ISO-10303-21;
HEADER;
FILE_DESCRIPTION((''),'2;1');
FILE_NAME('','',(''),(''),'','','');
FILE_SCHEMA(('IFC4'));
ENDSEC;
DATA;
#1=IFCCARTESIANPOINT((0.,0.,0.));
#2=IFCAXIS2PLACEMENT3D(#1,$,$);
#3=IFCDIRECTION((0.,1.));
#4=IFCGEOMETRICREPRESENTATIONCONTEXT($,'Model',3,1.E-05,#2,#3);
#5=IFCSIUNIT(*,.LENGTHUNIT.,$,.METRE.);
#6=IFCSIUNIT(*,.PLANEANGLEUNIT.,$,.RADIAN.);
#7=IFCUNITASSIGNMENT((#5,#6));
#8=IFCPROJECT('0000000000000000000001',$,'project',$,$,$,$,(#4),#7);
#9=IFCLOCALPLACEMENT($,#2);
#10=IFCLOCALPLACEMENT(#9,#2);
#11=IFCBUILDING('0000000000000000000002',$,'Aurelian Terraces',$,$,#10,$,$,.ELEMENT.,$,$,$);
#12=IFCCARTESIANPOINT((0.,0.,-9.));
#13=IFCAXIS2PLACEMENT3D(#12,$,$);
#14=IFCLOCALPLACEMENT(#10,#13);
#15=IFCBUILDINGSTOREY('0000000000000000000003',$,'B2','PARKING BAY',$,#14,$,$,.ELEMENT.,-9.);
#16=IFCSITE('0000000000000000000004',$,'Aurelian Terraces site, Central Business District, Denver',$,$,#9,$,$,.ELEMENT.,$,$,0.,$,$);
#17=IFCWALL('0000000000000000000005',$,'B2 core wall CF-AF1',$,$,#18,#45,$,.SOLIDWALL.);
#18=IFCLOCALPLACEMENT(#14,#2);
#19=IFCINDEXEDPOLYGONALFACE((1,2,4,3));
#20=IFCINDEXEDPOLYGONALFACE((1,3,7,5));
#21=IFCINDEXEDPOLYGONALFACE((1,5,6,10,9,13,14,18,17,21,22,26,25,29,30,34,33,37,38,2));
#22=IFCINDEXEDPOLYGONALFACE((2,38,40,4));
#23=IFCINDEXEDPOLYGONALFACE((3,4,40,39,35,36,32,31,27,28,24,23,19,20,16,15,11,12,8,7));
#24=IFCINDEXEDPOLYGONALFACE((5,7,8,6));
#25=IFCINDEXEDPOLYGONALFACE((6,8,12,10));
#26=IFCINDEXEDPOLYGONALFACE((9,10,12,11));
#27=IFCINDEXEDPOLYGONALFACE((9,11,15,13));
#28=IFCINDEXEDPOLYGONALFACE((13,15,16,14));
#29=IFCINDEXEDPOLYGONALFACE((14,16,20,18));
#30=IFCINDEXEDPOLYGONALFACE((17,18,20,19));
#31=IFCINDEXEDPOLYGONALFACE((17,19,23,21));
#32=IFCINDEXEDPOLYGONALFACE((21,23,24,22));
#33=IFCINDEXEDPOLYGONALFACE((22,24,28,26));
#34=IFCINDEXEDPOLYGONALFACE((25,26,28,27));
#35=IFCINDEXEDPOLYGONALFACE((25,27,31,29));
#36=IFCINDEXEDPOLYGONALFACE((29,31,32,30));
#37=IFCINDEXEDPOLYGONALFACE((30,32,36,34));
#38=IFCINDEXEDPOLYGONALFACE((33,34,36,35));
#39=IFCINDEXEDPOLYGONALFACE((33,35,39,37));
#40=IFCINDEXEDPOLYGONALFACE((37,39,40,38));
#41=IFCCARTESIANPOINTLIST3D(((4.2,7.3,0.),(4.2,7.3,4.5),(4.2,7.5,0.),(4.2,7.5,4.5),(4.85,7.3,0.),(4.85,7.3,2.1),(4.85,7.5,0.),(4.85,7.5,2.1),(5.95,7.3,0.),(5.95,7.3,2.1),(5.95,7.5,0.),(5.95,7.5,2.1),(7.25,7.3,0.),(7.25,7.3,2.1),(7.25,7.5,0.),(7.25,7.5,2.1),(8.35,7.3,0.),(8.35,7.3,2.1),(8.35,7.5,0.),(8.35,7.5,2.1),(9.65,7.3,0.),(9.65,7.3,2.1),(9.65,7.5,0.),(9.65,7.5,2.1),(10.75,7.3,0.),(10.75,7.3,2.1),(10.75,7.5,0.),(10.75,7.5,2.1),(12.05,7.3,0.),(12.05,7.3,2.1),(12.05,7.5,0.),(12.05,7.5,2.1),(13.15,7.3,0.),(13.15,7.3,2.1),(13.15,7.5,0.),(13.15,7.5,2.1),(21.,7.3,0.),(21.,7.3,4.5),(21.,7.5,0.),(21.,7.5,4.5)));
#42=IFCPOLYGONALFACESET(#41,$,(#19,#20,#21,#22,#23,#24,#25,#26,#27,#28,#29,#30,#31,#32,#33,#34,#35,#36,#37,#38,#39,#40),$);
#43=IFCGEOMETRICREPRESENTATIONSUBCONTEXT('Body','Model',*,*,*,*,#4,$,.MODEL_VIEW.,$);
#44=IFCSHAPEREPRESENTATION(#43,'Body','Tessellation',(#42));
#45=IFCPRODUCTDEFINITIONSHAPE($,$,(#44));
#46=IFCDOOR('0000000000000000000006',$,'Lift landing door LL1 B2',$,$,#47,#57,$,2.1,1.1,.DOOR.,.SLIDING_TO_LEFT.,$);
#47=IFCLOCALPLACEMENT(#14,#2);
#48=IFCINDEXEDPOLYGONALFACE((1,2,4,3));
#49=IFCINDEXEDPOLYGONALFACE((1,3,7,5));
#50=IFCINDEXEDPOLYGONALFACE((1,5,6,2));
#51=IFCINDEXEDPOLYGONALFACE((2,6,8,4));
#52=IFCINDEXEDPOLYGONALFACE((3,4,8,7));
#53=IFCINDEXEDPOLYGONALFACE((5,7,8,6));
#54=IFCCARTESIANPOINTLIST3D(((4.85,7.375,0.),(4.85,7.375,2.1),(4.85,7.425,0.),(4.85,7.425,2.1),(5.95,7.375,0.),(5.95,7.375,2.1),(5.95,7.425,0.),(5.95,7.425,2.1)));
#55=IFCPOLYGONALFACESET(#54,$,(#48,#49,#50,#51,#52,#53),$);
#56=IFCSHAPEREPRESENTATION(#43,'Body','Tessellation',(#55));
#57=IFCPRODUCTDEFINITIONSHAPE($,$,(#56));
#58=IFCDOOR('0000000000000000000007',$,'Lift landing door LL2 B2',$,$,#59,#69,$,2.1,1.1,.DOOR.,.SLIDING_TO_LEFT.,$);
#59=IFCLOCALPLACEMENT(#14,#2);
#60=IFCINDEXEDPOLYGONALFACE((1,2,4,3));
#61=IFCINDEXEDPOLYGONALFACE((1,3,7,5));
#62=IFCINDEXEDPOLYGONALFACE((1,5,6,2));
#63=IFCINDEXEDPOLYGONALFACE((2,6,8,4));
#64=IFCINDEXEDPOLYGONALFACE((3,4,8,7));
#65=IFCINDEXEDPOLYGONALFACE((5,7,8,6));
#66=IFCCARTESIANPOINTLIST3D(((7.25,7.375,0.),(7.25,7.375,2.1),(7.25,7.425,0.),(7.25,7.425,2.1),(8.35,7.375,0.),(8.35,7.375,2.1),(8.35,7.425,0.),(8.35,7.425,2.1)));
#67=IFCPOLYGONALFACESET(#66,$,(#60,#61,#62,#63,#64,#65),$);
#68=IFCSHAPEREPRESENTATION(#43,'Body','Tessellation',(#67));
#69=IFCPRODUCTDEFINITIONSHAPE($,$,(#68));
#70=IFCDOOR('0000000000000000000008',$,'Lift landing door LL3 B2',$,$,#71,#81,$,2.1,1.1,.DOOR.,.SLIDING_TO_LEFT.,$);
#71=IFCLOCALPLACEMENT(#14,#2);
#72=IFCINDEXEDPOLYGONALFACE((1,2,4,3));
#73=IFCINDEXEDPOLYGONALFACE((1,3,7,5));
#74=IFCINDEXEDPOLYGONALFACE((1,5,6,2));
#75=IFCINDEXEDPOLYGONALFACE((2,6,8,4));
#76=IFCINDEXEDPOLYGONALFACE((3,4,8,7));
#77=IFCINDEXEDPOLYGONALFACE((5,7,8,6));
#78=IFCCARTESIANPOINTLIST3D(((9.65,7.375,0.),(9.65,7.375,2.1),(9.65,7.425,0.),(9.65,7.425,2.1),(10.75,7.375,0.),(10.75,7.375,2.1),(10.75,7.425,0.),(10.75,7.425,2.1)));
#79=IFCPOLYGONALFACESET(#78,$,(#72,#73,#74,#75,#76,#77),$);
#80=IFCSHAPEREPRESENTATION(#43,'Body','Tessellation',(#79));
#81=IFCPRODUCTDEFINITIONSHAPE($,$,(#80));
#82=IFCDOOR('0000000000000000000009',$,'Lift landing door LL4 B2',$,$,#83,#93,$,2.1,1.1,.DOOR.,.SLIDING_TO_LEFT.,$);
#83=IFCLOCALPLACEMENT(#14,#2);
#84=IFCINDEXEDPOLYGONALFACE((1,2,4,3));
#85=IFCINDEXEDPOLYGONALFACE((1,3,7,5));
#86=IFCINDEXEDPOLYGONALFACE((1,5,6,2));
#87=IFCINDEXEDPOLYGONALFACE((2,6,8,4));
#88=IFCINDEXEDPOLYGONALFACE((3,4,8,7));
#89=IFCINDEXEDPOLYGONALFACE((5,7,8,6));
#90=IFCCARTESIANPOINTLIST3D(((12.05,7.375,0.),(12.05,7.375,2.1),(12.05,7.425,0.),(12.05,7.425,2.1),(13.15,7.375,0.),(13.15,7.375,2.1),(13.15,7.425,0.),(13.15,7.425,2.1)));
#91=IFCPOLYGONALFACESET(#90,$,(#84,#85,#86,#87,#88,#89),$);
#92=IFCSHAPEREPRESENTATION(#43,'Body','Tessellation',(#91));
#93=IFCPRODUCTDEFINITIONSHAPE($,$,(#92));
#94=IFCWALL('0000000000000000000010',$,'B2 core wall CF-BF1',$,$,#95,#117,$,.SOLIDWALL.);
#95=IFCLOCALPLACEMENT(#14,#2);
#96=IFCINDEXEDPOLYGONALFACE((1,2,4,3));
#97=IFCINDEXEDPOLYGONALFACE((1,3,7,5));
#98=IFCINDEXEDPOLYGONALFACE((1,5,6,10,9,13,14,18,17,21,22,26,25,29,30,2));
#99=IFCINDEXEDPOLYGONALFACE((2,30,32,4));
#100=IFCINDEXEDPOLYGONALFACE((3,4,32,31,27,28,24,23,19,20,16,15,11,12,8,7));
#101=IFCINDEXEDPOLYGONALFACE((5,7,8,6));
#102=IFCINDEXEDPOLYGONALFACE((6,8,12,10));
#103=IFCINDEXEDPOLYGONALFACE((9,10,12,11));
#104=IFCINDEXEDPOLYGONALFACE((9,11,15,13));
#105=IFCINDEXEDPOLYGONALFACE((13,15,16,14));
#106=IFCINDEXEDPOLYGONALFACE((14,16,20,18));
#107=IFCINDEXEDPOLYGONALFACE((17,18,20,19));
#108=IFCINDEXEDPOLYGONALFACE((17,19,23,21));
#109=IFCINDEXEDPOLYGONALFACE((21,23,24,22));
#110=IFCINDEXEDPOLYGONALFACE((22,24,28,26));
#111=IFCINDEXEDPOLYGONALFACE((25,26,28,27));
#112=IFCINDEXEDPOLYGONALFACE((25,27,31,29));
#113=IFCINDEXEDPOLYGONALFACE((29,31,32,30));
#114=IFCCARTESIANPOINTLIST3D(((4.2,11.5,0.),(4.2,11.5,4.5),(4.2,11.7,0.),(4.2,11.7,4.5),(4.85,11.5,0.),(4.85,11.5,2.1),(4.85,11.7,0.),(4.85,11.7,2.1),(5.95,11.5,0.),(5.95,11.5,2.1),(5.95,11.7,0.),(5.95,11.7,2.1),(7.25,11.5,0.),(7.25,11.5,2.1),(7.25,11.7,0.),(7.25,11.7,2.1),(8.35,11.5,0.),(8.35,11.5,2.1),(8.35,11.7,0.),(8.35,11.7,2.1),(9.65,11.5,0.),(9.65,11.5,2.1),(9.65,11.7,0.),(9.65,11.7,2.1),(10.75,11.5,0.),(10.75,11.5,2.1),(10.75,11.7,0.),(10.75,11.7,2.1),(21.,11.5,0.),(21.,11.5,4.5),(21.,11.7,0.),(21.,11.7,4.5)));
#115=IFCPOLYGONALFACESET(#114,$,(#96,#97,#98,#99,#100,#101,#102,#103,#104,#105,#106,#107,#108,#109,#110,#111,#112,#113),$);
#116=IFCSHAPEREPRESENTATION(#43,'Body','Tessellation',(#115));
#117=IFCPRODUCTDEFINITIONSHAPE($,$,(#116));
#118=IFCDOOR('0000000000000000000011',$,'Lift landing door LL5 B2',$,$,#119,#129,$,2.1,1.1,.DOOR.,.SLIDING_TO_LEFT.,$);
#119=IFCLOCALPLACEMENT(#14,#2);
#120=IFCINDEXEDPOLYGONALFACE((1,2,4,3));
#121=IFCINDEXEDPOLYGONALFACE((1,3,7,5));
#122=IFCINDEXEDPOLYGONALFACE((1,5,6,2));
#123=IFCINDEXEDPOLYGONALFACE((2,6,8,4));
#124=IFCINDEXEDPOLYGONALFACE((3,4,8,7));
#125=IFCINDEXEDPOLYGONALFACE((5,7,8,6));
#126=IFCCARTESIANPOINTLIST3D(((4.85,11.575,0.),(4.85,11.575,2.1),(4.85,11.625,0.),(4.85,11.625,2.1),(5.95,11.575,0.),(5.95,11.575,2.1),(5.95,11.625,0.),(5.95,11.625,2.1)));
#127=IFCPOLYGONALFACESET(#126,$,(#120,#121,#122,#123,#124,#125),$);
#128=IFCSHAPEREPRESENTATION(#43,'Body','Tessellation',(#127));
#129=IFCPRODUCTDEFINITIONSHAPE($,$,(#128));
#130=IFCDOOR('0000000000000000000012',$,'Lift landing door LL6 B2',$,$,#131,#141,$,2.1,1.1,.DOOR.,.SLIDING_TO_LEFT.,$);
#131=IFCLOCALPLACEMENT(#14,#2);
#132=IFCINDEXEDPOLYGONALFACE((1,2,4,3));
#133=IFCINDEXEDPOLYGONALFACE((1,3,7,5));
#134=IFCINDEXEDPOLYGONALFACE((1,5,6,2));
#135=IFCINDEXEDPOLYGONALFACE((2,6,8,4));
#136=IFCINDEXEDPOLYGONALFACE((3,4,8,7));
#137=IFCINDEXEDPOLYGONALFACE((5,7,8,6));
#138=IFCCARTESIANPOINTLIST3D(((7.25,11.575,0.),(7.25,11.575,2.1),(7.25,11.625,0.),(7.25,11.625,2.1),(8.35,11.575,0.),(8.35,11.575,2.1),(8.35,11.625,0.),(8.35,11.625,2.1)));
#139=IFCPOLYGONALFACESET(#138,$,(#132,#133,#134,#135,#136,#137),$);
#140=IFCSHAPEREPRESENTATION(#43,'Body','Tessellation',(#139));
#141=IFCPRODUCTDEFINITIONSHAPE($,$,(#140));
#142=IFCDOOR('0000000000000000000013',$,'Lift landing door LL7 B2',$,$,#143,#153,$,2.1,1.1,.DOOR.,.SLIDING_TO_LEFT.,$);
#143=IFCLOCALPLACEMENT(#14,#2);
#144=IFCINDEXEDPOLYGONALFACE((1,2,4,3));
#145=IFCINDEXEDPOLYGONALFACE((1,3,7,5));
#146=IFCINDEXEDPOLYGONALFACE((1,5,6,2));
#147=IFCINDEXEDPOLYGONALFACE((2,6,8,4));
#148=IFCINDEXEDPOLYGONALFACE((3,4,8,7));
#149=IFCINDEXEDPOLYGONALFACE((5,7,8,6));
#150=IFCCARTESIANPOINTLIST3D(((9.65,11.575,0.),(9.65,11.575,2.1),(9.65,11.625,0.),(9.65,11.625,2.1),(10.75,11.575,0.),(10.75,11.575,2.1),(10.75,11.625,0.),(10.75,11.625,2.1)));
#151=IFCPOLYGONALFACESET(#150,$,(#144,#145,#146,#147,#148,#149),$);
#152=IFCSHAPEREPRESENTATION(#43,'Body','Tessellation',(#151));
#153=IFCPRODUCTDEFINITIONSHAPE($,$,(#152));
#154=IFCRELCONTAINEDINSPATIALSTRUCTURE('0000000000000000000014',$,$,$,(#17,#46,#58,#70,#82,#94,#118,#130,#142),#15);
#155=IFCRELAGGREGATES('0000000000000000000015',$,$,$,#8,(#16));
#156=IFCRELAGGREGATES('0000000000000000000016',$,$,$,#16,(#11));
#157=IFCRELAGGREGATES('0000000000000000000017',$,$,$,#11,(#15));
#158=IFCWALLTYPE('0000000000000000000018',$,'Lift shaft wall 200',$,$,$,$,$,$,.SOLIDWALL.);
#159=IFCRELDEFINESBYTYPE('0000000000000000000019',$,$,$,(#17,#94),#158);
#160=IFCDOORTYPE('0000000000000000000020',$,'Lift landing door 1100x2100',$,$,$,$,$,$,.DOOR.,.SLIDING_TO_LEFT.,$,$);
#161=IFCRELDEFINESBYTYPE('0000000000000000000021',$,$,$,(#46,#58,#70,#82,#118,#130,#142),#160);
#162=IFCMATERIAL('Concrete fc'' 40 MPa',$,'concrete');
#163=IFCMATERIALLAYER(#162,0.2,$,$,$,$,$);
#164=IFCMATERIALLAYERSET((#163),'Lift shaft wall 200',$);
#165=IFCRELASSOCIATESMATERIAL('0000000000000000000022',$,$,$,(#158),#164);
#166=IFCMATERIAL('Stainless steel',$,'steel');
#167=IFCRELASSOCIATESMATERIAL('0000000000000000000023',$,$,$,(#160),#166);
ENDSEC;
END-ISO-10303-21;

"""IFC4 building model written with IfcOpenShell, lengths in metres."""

from ifc_helpers import new_model, si_unit, direction, frame, frame_2d, origin, place, context, subcontext, project, spatial, rectangle, extrude, source, transform, mapped, material, layer, layer_set, type_object, element, fill, save


model = new_model("IFC4")

# Units and contexts
model_context = context("Model", 3, precision=1e-05, world=origin(), true_north=direction((0.0, 1.0)))
body_context = subcontext(model_context, "Body", "Model", "MODEL_VIEW")
ifc_project = project(units=[si_unit("LENGTHUNIT", "METRE"), si_unit("PLANEANGLEUNIT", "RADIAN")], contexts=[model_context])

# Site, building, storey
site_placement = place(None, origin())
site = spatial("IfcSite", under=ifc_project, at=site_placement, Name="Aurelian Terraces site, Central Business District, Denver", CompositionType="ELEMENT", RefElevation=0.0)
building_placement = place(site_placement, origin())
building = spatial("IfcBuilding", under=site, at=building_placement, Name="Aurelian Terraces", CompositionType="ELEMENT")
storey_placement = place(building_placement, frame((0.0, 0.0, -9.0)))
storey = spatial("IfcBuildingStorey", under=building, at=storey_placement, Name="B2", Description="PARKING BAY", CompositionType="ELEMENT", Elevation=-9.0)

# Shared definitions
ifc_material_1 = material(Name="Concrete fc' 40 MPa", Category="concrete")

# Shared definitions
ifc_layer_1 = layer(ifc_material_1, 0.2)
ifc_layer_set_1 = layer_set([ifc_layer_1], Name="Lift shaft wall 200")
wall_type_1 = type_object("IfcWallType", Name="Lift shaft wall 200", PredefinedType="SOLIDWALL", material=ifc_layer_set_1)

# Walls, openings, doors
shared_shape_1 = source(origin(), body_context, "Body", "SweptSolid", [
    extrude(rectangle(XDim=16.8, YDim=0.2, at=frame_2d((8.4, 0.0))), origin(), (0.0, 0.0, 1.0), 4.5),
])
wall_1_placement = place(storey_placement, frame((4.2, 7.4, 0.0), z_axis=(0.0, 0.0, 1.0), x_axis=(1.0, 0.0, 0.0)))
wall_1 = element("IfcWall", 1, at=wall_1_placement, inside=storey, type_object=wall_type_1, Name="B2 core wall CF-AF1", PredefinedType="SOLIDWALL", context=body_context, shape_type="MappedRepresentation", body=[
    mapped(shared_shape_1, transform((0.0, 0.0, 0.0), scale=1.0)),
])
shared_shape_2 = source(origin(), body_context, "Body", "SweptSolid", [
    extrude(rectangle(XDim=1.1, YDim=2.1, at=frame_2d((0.55, 1.05))), frame((0.0, 0.11, 0.0), z_axis=(0.0, -1.0, 0.0), x_axis=(1.0, 0.0, 0.0)), (0.0, 0.0, 1.0), 0.22),
])
opening_1_placement = place(wall_1_placement, frame((0.65, 0.0, 0.0)))
opening_1 = element("IfcOpeningElement", 2, at=opening_1_placement, cuts=wall_1, PredefinedType="OPENING", context=body_context, shape_type="MappedRepresentation", body=[
    mapped(shared_shape_2, transform((0.0, 0.0, 0.0), scale=1.0)),
])
opening_2_placement = place(wall_1_placement, frame((3.05, 0.0, 0.0)))
opening_2 = element("IfcOpeningElement", 3, at=opening_2_placement, cuts=wall_1, PredefinedType="OPENING", context=body_context, shape_type="MappedRepresentation", body=[
    mapped(shared_shape_2, transform((0.0, 0.0, 0.0), scale=1.0)),
])
opening_3_placement = place(wall_1_placement, frame((5.45, 0.0, 0.0)))
opening_3 = element("IfcOpeningElement", 4, at=opening_3_placement, cuts=wall_1, PredefinedType="OPENING", context=body_context, shape_type="MappedRepresentation", body=[
    mapped(shared_shape_2, transform((0.0, 0.0, 0.0), scale=1.0)),
])
opening_4_placement = place(wall_1_placement, frame((7.85, 0.0, 0.0)))
opening_4 = element("IfcOpeningElement", 5, at=opening_4_placement, cuts=wall_1, PredefinedType="OPENING", context=body_context, shape_type="MappedRepresentation", body=[
    mapped(shared_shape_2, transform((0.0, 0.0, 0.0), scale=1.0)),
])
ifc_material_2 = material(Name="Stainless steel", Category="steel")
door_type_1 = type_object("IfcDoorType", Name="Lift landing door 1100x2100", OperationType="SLIDING_TO_LEFT", PredefinedType="DOOR", material=ifc_material_2)
shared_shape_3 = source(origin(), body_context, "Body", "SweptSolid", [
    extrude(rectangle(XDim=1.1, YDim=2.1, at=frame_2d((0.55, 1.05))), frame((0.0, 0.025, 0.0), z_axis=(0.0, -1.0, 0.0), x_axis=(1.0, 0.0, 0.0)), (0.0, 0.0, 1.0), 0.05),
])
door_1_placement = place(opening_1_placement, origin())
door_1 = element("IfcDoor", 6, at=door_1_placement, inside=storey, type_object=door_type_1, Name="Lift landing door LL1 B2", OperationType="SLIDING_TO_LEFT", OverallHeight=2.1, OverallWidth=1.1, PredefinedType="DOOR", context=body_context, shape_type="MappedRepresentation", body=[
    mapped(shared_shape_3, transform((0.0, 0.0, 0.0), scale=1.0)),
])
fill(opening_1, door_1)
door_2_placement = place(opening_2_placement, origin())
door_2 = element("IfcDoor", 7, at=door_2_placement, inside=storey, type_object=door_type_1, Name="Lift landing door LL2 B2", OperationType="SLIDING_TO_LEFT", OverallHeight=2.1, OverallWidth=1.1, PredefinedType="DOOR", context=body_context, shape_type="MappedRepresentation", body=[
    mapped(shared_shape_3, transform((0.0, 0.0, 0.0), scale=1.0)),
])
fill(opening_2, door_2)
door_3_placement = place(opening_3_placement, origin())
door_3 = element("IfcDoor", 8, at=door_3_placement, inside=storey, type_object=door_type_1, Name="Lift landing door LL3 B2", OperationType="SLIDING_TO_LEFT", OverallHeight=2.1, OverallWidth=1.1, PredefinedType="DOOR", context=body_context, shape_type="MappedRepresentation", body=[
    mapped(shared_shape_3, transform((0.0, 0.0, 0.0), scale=1.0)),
])
fill(opening_3, door_3)
door_4_placement = place(opening_4_placement, origin())
door_4 = element("IfcDoor", 9, at=door_4_placement, inside=storey, type_object=door_type_1, Name="Lift landing door LL4 B2", OperationType="SLIDING_TO_LEFT", OverallHeight=2.1, OverallWidth=1.1, PredefinedType="DOOR", context=body_context, shape_type="MappedRepresentation", body=[
    mapped(shared_shape_3, transform((0.0, 0.0, 0.0), scale=1.0)),
])
fill(opening_4, door_4)
wall_2_placement = place(storey_placement, frame((4.2, 11.6, 0.0), z_axis=(0.0, 0.0, 1.0), x_axis=(1.0, 0.0, 0.0)))
wall_2 = element("IfcWall", 10, at=wall_2_placement, inside=storey, type_object=wall_type_1, Name="B2 core wall CF-BF1", PredefinedType="SOLIDWALL", context=body_context, shape_type="MappedRepresentation", body=[
    mapped(shared_shape_1, transform((0.0, 0.0, 0.0), scale=1.0)),
])
opening_5_placement = place(wall_2_placement, frame((0.65, 0.0, 0.0)))
opening_5 = element("IfcOpeningElement", 11, at=opening_5_placement, cuts=wall_2, PredefinedType="OPENING", context=body_context, shape_type="MappedRepresentation", body=[
    mapped(shared_shape_2, transform((0.0, 0.0, 0.0), scale=1.0)),
])
opening_6_placement = place(wall_2_placement, frame((3.05, 0.0, 0.0)))
opening_6 = element("IfcOpeningElement", 12, at=opening_6_placement, cuts=wall_2, PredefinedType="OPENING", context=body_context, shape_type="MappedRepresentation", body=[
    mapped(shared_shape_2, transform((0.0, 0.0, 0.0), scale=1.0)),
])
opening_7_placement = place(wall_2_placement, frame((5.45, 0.0, 0.0)))
opening_7 = element("IfcOpeningElement", 13, at=opening_7_placement, cuts=wall_2, PredefinedType="OPENING", context=body_context, shape_type="MappedRepresentation", body=[
    mapped(shared_shape_2, transform((0.0, 0.0, 0.0), scale=1.0)),
])
door_5_placement = place(opening_5_placement, origin())
door_5 = element("IfcDoor", 14, at=door_5_placement, inside=storey, type_object=door_type_1, Name="Lift landing door LL5 B2", OperationType="SLIDING_TO_LEFT", OverallHeight=2.1, OverallWidth=1.1, PredefinedType="DOOR", context=body_context, shape_type="MappedRepresentation", body=[
    mapped(shared_shape_3, transform((0.0, 0.0, 0.0), scale=1.0)),
])
fill(opening_5, door_5)
door_6_placement = place(opening_6_placement, origin())
door_6 = element("IfcDoor", 15, at=door_6_placement, inside=storey, type_object=door_type_1, Name="Lift landing door LL6 B2", OperationType="SLIDING_TO_LEFT", OverallHeight=2.1, OverallWidth=1.1, PredefinedType="DOOR", context=body_context, shape_type="MappedRepresentation", body=[
    mapped(shared_shape_3, transform((0.0, 0.0, 0.0), scale=1.0)),
])
fill(opening_6, door_6)
door_7_placement = place(opening_7_placement, origin())
door_7 = element("IfcDoor", 16, at=door_7_placement, inside=storey, type_object=door_type_1, Name="Lift landing door LL7 B2", OperationType="SLIDING_TO_LEFT", OverallHeight=2.1, OverallWidth=1.1, PredefinedType="DOOR", context=body_context, shape_type="MappedRepresentation", body=[
    mapped(shared_shape_3, transform((0.0, 0.0, 0.0), scale=1.0)),
])
fill(opening_7, door_7)

save(model, "model.ifc")
